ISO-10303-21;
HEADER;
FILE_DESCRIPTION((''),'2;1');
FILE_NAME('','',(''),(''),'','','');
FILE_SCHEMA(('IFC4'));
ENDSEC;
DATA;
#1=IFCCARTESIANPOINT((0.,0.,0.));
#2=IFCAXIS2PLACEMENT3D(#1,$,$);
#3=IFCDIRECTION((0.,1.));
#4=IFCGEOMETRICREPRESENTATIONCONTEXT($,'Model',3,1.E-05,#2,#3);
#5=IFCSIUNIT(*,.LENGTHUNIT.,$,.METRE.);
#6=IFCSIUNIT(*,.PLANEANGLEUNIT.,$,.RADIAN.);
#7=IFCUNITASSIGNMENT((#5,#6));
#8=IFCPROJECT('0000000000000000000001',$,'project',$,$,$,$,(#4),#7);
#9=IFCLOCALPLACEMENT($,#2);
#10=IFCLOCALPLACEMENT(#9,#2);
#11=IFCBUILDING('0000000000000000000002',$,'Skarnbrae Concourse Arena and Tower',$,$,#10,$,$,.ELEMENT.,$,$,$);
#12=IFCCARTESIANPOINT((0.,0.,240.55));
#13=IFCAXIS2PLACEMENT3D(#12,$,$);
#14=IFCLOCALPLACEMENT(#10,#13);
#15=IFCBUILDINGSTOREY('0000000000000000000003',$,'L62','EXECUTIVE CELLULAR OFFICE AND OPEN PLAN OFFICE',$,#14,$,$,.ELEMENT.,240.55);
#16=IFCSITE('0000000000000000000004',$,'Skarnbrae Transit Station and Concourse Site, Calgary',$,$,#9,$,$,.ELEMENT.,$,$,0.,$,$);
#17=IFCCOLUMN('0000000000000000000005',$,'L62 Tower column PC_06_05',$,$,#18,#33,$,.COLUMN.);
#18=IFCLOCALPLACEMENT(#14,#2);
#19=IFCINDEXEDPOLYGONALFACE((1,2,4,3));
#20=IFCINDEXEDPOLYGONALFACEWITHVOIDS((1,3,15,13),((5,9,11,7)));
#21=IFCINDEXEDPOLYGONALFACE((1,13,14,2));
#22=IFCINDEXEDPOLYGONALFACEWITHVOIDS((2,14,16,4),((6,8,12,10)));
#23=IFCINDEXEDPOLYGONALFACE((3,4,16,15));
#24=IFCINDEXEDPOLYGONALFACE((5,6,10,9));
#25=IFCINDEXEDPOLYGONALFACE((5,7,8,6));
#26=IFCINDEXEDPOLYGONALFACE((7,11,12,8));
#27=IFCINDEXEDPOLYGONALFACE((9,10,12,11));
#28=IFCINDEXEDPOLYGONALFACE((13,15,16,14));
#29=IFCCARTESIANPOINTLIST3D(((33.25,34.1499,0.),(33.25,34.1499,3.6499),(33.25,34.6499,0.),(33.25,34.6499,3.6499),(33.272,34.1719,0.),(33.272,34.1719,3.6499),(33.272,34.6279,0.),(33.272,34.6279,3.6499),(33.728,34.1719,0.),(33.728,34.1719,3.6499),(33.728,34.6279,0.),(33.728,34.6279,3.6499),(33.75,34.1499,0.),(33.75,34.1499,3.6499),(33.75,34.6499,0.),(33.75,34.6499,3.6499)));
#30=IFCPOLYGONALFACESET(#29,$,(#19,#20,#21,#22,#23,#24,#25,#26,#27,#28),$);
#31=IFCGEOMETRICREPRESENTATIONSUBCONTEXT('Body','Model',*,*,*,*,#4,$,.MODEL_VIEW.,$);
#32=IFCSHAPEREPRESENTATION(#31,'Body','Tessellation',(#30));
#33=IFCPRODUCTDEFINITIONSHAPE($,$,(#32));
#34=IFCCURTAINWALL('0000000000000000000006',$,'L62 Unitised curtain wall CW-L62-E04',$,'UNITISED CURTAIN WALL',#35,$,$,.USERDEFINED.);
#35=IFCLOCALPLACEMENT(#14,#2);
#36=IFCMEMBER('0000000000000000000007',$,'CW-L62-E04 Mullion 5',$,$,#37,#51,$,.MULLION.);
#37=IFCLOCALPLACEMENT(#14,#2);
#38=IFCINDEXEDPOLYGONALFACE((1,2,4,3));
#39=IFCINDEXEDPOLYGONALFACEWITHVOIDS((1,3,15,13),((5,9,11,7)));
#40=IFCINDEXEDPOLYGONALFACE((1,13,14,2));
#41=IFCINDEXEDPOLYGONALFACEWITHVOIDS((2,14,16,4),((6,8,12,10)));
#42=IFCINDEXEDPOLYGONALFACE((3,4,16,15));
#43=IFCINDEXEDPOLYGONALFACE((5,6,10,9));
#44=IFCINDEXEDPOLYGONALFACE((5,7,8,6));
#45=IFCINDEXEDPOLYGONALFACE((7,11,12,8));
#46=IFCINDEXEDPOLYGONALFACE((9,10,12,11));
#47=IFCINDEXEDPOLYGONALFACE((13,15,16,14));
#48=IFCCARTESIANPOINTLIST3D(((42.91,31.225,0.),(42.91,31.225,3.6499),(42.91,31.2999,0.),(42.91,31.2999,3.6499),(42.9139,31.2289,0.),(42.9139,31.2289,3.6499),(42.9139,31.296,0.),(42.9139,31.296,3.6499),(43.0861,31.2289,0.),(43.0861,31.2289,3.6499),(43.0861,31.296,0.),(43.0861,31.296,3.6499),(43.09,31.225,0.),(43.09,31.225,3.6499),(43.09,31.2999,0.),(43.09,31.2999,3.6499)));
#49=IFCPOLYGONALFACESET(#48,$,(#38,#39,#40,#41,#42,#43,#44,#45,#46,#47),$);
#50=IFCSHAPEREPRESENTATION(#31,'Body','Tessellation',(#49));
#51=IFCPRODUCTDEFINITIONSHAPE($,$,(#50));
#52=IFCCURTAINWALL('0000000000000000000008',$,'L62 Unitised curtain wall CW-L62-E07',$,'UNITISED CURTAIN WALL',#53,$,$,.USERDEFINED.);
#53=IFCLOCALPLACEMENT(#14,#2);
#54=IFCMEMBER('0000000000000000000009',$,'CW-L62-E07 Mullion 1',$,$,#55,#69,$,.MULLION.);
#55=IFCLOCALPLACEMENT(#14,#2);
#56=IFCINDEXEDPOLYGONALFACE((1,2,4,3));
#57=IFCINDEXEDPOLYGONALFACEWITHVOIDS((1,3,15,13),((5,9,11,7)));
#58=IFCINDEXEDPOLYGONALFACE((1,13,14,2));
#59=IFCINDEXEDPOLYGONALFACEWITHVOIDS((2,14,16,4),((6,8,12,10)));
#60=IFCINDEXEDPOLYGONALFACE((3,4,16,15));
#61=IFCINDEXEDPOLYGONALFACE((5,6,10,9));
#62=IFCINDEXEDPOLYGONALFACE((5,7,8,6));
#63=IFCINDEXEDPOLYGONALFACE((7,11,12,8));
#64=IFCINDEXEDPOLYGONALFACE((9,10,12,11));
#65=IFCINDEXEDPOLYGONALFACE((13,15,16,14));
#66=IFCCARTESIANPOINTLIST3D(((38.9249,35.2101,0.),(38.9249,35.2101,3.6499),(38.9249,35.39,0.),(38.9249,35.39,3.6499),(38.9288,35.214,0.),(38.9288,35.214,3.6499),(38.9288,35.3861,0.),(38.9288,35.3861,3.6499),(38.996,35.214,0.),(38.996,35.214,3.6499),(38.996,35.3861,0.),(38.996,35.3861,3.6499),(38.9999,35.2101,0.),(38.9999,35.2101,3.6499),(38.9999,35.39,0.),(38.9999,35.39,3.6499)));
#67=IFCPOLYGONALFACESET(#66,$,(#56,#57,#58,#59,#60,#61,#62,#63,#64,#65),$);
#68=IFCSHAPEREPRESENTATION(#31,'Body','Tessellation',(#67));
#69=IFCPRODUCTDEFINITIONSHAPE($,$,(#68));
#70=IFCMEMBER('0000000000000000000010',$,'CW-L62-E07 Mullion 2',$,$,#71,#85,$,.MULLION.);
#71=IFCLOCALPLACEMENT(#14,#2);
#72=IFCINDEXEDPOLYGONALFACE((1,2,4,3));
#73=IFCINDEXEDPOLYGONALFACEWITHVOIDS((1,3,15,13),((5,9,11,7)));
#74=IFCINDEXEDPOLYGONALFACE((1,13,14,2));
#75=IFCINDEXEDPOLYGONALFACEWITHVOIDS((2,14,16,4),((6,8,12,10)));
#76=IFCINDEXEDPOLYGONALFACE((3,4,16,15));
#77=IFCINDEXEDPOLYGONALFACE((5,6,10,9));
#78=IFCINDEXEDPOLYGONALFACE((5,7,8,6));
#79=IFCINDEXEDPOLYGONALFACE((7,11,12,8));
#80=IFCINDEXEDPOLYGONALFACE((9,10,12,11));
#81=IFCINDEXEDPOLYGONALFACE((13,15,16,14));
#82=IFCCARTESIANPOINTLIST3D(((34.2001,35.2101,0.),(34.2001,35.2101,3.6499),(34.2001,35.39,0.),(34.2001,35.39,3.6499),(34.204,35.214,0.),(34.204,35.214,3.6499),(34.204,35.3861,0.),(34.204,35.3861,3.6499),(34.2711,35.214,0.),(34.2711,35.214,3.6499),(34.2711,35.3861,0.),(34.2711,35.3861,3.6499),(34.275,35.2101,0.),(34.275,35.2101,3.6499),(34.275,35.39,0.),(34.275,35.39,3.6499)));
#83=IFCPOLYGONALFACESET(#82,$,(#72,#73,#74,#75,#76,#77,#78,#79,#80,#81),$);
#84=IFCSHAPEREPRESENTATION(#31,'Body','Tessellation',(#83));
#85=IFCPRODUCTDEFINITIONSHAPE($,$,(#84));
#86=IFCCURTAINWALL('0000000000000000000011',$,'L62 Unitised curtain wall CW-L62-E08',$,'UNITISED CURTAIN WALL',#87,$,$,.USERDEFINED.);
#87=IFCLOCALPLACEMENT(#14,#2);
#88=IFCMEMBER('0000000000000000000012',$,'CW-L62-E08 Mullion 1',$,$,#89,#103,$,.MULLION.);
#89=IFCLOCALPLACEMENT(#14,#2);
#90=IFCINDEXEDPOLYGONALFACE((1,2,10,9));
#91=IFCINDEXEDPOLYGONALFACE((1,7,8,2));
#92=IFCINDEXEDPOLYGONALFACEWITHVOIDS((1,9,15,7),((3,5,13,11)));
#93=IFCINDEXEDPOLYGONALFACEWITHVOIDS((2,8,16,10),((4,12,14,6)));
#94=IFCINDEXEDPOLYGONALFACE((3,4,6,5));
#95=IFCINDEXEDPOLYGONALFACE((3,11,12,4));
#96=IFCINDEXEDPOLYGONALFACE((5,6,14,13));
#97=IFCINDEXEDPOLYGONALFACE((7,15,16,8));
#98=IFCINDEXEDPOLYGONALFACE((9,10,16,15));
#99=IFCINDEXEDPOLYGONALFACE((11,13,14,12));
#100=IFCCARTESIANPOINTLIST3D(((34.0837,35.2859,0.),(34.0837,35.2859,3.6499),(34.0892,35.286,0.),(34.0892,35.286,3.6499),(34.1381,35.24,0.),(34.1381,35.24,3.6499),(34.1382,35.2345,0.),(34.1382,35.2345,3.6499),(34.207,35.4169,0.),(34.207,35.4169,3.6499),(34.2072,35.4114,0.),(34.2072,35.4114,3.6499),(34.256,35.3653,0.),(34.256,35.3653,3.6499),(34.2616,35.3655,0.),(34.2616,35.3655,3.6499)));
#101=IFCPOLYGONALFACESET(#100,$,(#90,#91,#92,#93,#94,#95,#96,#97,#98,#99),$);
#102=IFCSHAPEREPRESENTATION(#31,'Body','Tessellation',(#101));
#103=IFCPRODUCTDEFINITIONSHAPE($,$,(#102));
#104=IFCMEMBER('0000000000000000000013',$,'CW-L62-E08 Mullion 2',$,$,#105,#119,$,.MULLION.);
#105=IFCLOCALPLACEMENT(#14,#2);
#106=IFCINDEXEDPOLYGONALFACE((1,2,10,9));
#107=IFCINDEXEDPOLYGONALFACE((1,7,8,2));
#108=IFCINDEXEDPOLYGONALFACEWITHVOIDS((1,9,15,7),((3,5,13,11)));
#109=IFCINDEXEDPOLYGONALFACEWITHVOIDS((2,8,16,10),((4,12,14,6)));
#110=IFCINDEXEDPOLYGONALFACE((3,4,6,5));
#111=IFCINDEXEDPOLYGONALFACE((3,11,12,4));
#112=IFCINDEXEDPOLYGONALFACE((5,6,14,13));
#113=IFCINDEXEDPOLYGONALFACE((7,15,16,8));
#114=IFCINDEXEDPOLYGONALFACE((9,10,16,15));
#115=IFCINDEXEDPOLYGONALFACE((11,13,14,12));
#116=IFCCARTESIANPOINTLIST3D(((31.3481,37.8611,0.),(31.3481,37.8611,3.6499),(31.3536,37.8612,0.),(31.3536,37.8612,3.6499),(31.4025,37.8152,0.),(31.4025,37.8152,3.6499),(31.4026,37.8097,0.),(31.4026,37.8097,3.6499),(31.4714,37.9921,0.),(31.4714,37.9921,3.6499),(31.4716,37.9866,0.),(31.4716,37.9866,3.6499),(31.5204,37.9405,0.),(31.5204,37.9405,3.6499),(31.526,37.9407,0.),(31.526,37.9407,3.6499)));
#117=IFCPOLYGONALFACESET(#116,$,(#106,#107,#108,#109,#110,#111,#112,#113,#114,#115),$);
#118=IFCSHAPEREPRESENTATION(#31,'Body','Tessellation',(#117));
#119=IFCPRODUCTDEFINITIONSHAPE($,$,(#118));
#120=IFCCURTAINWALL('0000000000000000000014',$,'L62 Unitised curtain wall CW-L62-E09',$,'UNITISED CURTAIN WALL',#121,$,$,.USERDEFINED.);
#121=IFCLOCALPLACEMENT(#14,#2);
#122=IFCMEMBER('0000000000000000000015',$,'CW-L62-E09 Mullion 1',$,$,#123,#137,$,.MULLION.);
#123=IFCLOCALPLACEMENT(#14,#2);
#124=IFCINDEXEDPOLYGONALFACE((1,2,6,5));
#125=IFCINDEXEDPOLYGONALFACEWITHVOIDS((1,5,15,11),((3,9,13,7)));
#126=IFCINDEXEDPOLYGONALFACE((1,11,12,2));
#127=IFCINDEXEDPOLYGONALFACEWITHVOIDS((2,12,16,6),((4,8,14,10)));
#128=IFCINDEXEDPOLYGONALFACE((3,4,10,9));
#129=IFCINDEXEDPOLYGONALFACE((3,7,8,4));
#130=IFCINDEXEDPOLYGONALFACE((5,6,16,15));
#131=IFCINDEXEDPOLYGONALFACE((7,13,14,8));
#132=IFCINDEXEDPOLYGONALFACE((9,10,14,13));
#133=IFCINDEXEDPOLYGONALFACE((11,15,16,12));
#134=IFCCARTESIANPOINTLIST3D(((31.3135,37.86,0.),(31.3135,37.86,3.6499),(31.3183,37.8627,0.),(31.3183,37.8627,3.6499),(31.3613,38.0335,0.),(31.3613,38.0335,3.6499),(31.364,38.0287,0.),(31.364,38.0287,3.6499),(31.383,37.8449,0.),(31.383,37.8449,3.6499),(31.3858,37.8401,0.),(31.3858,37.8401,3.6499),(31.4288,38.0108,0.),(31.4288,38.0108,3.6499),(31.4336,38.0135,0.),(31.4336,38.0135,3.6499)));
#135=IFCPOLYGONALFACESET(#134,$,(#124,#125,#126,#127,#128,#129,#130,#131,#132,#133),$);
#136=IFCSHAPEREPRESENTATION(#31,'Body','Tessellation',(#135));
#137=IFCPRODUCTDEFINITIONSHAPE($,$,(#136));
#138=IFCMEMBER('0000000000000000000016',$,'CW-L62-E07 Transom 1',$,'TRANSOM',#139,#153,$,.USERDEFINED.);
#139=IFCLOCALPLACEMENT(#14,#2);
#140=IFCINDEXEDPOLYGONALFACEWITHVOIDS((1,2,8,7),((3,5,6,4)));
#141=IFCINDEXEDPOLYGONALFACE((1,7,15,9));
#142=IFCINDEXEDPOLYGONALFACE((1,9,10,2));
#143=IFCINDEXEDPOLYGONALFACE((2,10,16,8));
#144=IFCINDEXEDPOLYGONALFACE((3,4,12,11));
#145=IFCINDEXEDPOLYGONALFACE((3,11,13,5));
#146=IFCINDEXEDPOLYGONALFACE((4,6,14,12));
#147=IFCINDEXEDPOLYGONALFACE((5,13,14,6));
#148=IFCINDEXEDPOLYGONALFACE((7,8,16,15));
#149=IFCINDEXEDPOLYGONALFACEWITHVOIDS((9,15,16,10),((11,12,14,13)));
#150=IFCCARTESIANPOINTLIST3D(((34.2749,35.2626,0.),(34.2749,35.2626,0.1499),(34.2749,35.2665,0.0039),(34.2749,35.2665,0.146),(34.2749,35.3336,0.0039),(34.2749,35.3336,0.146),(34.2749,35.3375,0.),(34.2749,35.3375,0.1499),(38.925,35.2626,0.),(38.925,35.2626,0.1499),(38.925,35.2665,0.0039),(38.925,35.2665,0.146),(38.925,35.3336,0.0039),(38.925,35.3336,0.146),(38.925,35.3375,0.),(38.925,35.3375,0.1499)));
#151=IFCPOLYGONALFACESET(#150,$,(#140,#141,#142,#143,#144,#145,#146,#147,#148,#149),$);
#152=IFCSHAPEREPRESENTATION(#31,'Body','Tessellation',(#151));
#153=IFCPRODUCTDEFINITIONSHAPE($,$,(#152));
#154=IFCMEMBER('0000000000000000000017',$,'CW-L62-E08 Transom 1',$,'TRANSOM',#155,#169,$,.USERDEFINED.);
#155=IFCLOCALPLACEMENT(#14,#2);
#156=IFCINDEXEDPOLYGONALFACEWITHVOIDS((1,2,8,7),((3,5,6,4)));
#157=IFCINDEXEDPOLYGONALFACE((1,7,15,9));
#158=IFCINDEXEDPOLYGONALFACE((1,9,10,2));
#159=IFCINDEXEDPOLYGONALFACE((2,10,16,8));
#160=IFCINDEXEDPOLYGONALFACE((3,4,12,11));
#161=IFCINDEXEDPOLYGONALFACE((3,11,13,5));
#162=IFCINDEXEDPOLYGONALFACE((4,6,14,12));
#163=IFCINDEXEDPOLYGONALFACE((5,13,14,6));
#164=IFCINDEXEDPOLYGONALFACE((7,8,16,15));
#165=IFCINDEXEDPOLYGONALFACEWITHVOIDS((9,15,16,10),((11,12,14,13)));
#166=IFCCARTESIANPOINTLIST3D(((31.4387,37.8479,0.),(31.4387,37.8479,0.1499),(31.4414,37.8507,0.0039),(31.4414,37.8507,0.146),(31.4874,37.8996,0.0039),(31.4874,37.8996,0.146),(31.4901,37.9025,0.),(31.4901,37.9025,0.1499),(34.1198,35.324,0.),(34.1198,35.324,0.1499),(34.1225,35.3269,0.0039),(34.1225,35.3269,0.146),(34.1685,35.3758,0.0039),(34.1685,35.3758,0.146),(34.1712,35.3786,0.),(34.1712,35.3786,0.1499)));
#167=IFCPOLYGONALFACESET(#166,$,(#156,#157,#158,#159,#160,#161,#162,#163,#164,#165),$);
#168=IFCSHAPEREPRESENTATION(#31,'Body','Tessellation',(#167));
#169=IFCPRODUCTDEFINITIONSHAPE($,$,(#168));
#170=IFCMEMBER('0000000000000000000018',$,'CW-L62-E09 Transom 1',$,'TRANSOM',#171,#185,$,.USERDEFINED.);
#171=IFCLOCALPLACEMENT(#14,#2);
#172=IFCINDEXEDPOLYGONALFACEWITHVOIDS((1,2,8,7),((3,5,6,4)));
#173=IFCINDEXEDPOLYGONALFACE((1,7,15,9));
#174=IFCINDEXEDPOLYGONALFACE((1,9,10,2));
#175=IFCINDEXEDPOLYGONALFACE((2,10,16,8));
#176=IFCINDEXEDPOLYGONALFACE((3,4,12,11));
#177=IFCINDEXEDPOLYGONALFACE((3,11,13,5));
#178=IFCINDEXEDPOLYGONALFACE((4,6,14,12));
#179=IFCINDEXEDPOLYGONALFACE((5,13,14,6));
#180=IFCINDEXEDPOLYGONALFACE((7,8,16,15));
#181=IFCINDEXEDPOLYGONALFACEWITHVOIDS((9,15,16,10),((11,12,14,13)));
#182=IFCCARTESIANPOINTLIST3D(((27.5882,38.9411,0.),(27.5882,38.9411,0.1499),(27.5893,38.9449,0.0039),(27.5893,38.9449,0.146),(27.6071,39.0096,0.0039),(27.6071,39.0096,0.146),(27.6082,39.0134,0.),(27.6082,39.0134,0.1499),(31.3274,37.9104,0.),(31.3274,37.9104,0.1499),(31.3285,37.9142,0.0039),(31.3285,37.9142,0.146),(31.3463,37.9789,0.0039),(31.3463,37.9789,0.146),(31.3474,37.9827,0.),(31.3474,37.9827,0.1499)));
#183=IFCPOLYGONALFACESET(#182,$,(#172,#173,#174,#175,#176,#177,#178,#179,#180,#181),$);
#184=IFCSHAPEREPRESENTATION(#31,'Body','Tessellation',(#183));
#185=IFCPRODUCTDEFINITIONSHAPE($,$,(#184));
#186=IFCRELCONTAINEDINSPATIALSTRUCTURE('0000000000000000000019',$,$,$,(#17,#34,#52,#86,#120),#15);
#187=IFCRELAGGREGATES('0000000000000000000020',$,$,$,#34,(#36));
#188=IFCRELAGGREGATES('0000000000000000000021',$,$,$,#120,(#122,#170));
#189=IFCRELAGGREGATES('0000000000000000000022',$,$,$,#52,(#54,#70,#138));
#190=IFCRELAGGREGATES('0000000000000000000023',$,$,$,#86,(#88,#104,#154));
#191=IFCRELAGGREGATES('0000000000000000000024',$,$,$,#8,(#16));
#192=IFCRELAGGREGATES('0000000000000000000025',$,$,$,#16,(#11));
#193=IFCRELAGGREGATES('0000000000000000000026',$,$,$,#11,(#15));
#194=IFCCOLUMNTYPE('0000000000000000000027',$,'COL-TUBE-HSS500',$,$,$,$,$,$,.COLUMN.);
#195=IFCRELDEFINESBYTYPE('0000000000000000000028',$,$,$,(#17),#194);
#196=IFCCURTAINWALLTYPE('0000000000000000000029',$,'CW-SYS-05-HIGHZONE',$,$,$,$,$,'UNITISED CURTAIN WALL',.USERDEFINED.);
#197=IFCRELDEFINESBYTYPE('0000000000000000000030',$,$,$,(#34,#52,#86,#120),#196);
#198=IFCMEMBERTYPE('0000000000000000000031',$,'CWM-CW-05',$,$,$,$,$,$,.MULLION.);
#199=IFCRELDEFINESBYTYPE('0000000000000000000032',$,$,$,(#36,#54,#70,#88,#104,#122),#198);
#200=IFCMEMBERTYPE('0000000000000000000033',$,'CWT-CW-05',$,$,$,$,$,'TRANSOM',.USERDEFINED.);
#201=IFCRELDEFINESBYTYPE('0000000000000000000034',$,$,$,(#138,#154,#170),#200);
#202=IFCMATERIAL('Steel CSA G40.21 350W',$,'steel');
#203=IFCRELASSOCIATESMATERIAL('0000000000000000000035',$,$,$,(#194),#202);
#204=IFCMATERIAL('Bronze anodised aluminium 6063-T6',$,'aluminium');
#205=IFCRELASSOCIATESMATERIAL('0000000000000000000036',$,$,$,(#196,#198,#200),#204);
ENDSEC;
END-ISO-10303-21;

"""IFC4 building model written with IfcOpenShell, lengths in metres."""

from ifc_helpers import new_model, si_unit, direction, frame, origin, origin_2d, place, context, subcontext, project, spatial, hollow_rectangle, extrude, source, transform, mapped, material, material_profile, profile_set, type_object, element, aggregate, save


model = new_model("IFC4")

# Units and contexts
model_context = context("Model", 3, precision=1e-05, world=origin(), true_north=direction((0.0, 1.0)))
body_context = subcontext(model_context, "Body", "Model", "MODEL_VIEW")
ifc_project = project(units=[si_unit("LENGTHUNIT", "METRE"), si_unit("PLANEANGLEUNIT", "RADIAN")], contexts=[model_context])

# Site, building, storey
site_placement = place(None, origin())
site = spatial("IfcSite", under=ifc_project, at=site_placement, Name="Skarnbrae Transit Station and Concourse Site, Calgary", CompositionType="ELEMENT", RefElevation=0.0)
building_placement = place(site_placement, origin())
building = spatial("IfcBuilding", under=site, at=building_placement, Name="Skarnbrae Concourse Arena and Tower", CompositionType="ELEMENT")
storey_placement = place(building_placement, frame((0.0, 0.0, 240.55)))
storey = spatial("IfcBuildingStorey", under=building, at=storey_placement, Name="L62", Description="EXECUTIVE CELLULAR OFFICE AND OPEN PLAN OFFICE", CompositionType="ELEMENT", Elevation=240.55)

# Column
ifc_material_1 = material(Name="Steel CSA G40.21 350W", Category="steel")
ifc_material_profile_1 = material_profile(ifc_material_1, hollow_rectangle(XDim=0.5, YDim=0.5, WallThickness=0.022, at=origin_2d()), Name="HSS500X500X22.0")
ifc_profile_set_1 = profile_set([ifc_material_profile_1], Name="Steel CSA G40.21 350W")
column_type = type_object("IfcColumnType", Name="COL-TUBE-HSS500", PredefinedType="COLUMN", material=ifc_profile_set_1)
shared_shape_1 = source(origin(), body_context, "Body", "SweptSolid", [
    extrude(hollow_rectangle(XDim=0.5, YDim=0.5, WallThickness=0.022, at=origin_2d()), origin(), (0.0, 0.0, 1.0), 3.6499),
])
column_placement = place(storey_placement, frame((33.5, 34.3999, 0.0), z_axis=(0.0, 0.0, 1.0), x_axis=(1.0, 0.0, 0.0)))
element("IfcColumn", 1, at=column_placement, inside=storey, type_object=column_type, Name="L62 Tower column PC_06_05", PredefinedType="COLUMN", context=body_context, shape_type="MappedRepresentation", body=[
    mapped(shared_shape_1, transform((0.0, 0.0, 0.0))),
])

# Curtain wall, member
ifc_material_2 = material(Name="Bronze anodised aluminium 6063-T6", Category="aluminium")
curtain_wall_type = type_object("IfcCurtainWallType", Name="CW-SYS-05-HIGHZONE", ElementType="UNITISED CURTAIN WALL", PredefinedType="USERDEFINED", material=ifc_material_2)
curtain_wall_1_placement = place(storey_placement, origin())
curtain_wall_1 = element("IfcCurtainWall", 2, at=curtain_wall_1_placement, inside=storey, type_object=curtain_wall_type, Name="L62 Unitised curtain wall CW-L62-E04", ObjectType="UNITISED CURTAIN WALL", PredefinedType="USERDEFINED")
ifc_material_profile_2 = material_profile(ifc_material_2, hollow_rectangle(XDim=0.075, YDim=0.1799, WallThickness=0.0039, at=origin_2d()), Name="ALU-MULL-75X180")
ifc_profile_set_2 = profile_set([ifc_material_profile_2], Name="Bronze anodised aluminium 6063-T6")
member_type_1 = type_object("IfcMemberType", Name="CWM-CW-05", PredefinedType="MULLION", material=ifc_profile_set_2)
shared_shape_2 = source(origin(), body_context, "Body", "SweptSolid", [
    extrude(hollow_rectangle(XDim=0.075, YDim=0.1799, WallThickness=0.0039, at=origin_2d()), origin(), (0.0, 0.0, 1.0), 3.6499),
])
member_1_placement = place(storey_placement, frame((43.0, 31.2625, 0.0), z_axis=(0.0, 0.0, 1.0), x_axis=(0.0, 1.0, 0.0)))
member_1 = element("IfcMember", 3, at=member_1_placement, type_object=member_type_1, Name="CW-L62-E04 Mullion 5", PredefinedType="MULLION", context=body_context, shape_type="MappedRepresentation", body=[
    mapped(shared_shape_2, transform((0.0, 0.0, 0.0))),
])
aggregate(curtain_wall_1, [member_1])

# Curtain walls, members
curtain_wall_2_placement = place(storey_placement, origin())
curtain_wall_2 = element("IfcCurtainWall", 4, at=curtain_wall_2_placement, inside=storey, type_object=curtain_wall_type, Name="L62 Unitised curtain wall CW-L62-E07", ObjectType="UNITISED CURTAIN WALL", PredefinedType="USERDEFINED")
member_2_placement = place(storey_placement, frame((38.9624, 35.3, 0.0), z_axis=(0.0, 0.0, 1.0), x_axis=(-1.0, 0.0, 0.0)))
member_2 = element("IfcMember", 5, at=member_2_placement, type_object=member_type_1, Name="CW-L62-E07 Mullion 1", PredefinedType="MULLION", context=body_context, shape_type="MappedRepresentation", body=[
    mapped(shared_shape_2, transform((0.0, 0.0, 0.0))),
])
member_3_placement = place(storey_placement, frame((34.2375, 35.3, 0.0), z_axis=(0.0, 0.0, 1.0), x_axis=(-1.0, 0.0, 0.0)))
member_3 = element("IfcMember", 6, at=member_3_placement, type_object=member_type_1, Name="CW-L62-E07 Mullion 2", PredefinedType="MULLION", context=body_context, shape_type="MappedRepresentation", body=[
    mapped(shared_shape_2, transform((0.0, 0.0, 0.0))),
])
curtain_wall_3_placement = place(storey_placement, origin())
curtain_wall_3 = element("IfcCurtainWall", 7, at=curtain_wall_3_placement, inside=storey, type_object=curtain_wall_type, Name="L62 Unitised curtain wall CW-L62-E08", ObjectType="UNITISED CURTAIN WALL", PredefinedType="USERDEFINED")
member_4_placement = place(storey_placement, frame((34.1726, 35.3257, 0.0), z_axis=(0.0, 0.0, 1.0), x_axis=(-0.728131, 0.685438, 0.0)))
member_4 = element("IfcMember", 8, at=member_4_placement, type_object=member_type_1, Name="CW-L62-E08 Mullion 1", PredefinedType="MULLION", context=body_context, shape_type="MappedRepresentation", body=[
    mapped(shared_shape_2, transform((0.0, 0.0, 0.0))),
])
member_5_placement = place(storey_placement, frame((31.437, 37.9009, 0.0), z_axis=(0.0, 0.0, 1.0), x_axis=(-0.728131, 0.685438, 0.0)))
member_5 = element("IfcMember", 9, at=member_5_placement, type_object=member_type_1, Name="CW-L62-E08 Mullion 2", PredefinedType="MULLION", context=body_context, shape_type="MappedRepresentation", body=[
    mapped(shared_shape_2, transform((0.0, 0.0, 0.0))),
])

# Curtain wall, member
curtain_wall_4_placement = place(storey_placement, origin())
curtain_wall_4 = element("IfcCurtainWall", 10, at=curtain_wall_4_placement, inside=storey, type_object=curtain_wall_type, Name="L62 Unitised curtain wall CW-L62-E09", ObjectType="UNITISED CURTAIN WALL", PredefinedType="USERDEFINED")
member_6_placement = place(storey_placement, frame((31.3735, 37.9368, 0.0), z_axis=(0.0, 0.0, 1.0), x_axis=(-0.964057, 0.265694, 0.0)))
member_6 = element("IfcMember", 11, at=member_6_placement, type_object=member_type_1, Name="CW-L62-E09 Mullion 1", PredefinedType="MULLION", context=body_context, shape_type="MappedRepresentation", body=[
    mapped(shared_shape_2, transform((0.0, 0.0, 0.0))),
])

# Members
ifc_material_profile_3 = material_profile(ifc_material_2, hollow_rectangle(XDim=0.075, YDim=0.1499, WallThickness=0.0039, at=origin_2d()), Name="ALU-TRAN-75X150")
ifc_profile_set_3 = profile_set([ifc_material_profile_3], Name="Bronze anodised aluminium 6063-T6")
member_type_2 = type_object("IfcMemberType", Name="CWT-CW-05", ElementType="TRANSOM", PredefinedType="USERDEFINED", material=ifc_profile_set_3)
shared_shape_3 = source(origin(), body_context, "Body", "SweptSolid", [
    extrude(hollow_rectangle(XDim=0.075, YDim=0.1499, WallThickness=0.0039, at=origin_2d()), origin(), (0.0, 0.0, 1.0), 4.6501),
])
member_7_placement = place(storey_placement, frame((38.925, 35.3, 0.075), z_axis=(-1.0, 0.0, 0.0), x_axis=(0.0, -1.0, 0.0)))
member_7 = element("IfcMember", 12, at=member_7_placement, type_object=member_type_2, Name="CW-L62-E07 Transom 1", ObjectType="TRANSOM", PredefinedType="USERDEFINED", context=body_context, shape_type="MappedRepresentation", body=[
    mapped(shared_shape_3, transform((0.0, 0.0, 0.0))),
])
shared_shape_4 = source(origin(), body_context, "Body", "SweptSolid", [
    extrude(hollow_rectangle(XDim=0.075, YDim=0.1499, WallThickness=0.0039, at=origin_2d()), origin(), (0.0, 0.0, 1.0), 3.6821),
])
member_8_placement = place(storey_placement, frame((34.1455, 35.3513, 0.075), z_axis=(-0.728134, 0.685435, 0.0), x_axis=(-0.685435, -0.728134, 0.0)))
member_8 = element("IfcMember", 13, at=member_8_placement, type_object=member_type_2, Name="CW-L62-E08 Transom 1", ObjectType="TRANSOM", PredefinedType="USERDEFINED", context=body_context, shape_type="MappedRepresentation", body=[
    mapped(shared_shape_4, transform((0.0, 0.0, 0.0))),
])
shared_shape_5 = source(origin(), body_context, "Body", "SweptSolid", [
    extrude(hollow_rectangle(XDim=0.075, YDim=0.1499, WallThickness=0.0039, at=origin_2d()), origin(), (0.0, 0.0, 1.0), 3.8787),
])
member_9_placement = place(storey_placement, frame((31.3374, 37.9465, 0.075), z_axis=(-0.964043, 0.265747, 0.0), x_axis=(-0.265747, -0.964043, 0.0)))
member_9 = element("IfcMember", 14, at=member_9_placement, type_object=member_type_2, Name="CW-L62-E09 Transom 1", ObjectType="TRANSOM", PredefinedType="USERDEFINED", context=body_context, shape_type="MappedRepresentation", body=[
    mapped(shared_shape_5, transform((0.0, 0.0, 0.0))),
])
aggregate(curtain_wall_4, [member_6, member_9])

aggregate(curtain_wall_2, [member_2, member_3, member_7])
aggregate(curtain_wall_3, [member_4, member_5, member_8])

save(model, "model.ifc")
